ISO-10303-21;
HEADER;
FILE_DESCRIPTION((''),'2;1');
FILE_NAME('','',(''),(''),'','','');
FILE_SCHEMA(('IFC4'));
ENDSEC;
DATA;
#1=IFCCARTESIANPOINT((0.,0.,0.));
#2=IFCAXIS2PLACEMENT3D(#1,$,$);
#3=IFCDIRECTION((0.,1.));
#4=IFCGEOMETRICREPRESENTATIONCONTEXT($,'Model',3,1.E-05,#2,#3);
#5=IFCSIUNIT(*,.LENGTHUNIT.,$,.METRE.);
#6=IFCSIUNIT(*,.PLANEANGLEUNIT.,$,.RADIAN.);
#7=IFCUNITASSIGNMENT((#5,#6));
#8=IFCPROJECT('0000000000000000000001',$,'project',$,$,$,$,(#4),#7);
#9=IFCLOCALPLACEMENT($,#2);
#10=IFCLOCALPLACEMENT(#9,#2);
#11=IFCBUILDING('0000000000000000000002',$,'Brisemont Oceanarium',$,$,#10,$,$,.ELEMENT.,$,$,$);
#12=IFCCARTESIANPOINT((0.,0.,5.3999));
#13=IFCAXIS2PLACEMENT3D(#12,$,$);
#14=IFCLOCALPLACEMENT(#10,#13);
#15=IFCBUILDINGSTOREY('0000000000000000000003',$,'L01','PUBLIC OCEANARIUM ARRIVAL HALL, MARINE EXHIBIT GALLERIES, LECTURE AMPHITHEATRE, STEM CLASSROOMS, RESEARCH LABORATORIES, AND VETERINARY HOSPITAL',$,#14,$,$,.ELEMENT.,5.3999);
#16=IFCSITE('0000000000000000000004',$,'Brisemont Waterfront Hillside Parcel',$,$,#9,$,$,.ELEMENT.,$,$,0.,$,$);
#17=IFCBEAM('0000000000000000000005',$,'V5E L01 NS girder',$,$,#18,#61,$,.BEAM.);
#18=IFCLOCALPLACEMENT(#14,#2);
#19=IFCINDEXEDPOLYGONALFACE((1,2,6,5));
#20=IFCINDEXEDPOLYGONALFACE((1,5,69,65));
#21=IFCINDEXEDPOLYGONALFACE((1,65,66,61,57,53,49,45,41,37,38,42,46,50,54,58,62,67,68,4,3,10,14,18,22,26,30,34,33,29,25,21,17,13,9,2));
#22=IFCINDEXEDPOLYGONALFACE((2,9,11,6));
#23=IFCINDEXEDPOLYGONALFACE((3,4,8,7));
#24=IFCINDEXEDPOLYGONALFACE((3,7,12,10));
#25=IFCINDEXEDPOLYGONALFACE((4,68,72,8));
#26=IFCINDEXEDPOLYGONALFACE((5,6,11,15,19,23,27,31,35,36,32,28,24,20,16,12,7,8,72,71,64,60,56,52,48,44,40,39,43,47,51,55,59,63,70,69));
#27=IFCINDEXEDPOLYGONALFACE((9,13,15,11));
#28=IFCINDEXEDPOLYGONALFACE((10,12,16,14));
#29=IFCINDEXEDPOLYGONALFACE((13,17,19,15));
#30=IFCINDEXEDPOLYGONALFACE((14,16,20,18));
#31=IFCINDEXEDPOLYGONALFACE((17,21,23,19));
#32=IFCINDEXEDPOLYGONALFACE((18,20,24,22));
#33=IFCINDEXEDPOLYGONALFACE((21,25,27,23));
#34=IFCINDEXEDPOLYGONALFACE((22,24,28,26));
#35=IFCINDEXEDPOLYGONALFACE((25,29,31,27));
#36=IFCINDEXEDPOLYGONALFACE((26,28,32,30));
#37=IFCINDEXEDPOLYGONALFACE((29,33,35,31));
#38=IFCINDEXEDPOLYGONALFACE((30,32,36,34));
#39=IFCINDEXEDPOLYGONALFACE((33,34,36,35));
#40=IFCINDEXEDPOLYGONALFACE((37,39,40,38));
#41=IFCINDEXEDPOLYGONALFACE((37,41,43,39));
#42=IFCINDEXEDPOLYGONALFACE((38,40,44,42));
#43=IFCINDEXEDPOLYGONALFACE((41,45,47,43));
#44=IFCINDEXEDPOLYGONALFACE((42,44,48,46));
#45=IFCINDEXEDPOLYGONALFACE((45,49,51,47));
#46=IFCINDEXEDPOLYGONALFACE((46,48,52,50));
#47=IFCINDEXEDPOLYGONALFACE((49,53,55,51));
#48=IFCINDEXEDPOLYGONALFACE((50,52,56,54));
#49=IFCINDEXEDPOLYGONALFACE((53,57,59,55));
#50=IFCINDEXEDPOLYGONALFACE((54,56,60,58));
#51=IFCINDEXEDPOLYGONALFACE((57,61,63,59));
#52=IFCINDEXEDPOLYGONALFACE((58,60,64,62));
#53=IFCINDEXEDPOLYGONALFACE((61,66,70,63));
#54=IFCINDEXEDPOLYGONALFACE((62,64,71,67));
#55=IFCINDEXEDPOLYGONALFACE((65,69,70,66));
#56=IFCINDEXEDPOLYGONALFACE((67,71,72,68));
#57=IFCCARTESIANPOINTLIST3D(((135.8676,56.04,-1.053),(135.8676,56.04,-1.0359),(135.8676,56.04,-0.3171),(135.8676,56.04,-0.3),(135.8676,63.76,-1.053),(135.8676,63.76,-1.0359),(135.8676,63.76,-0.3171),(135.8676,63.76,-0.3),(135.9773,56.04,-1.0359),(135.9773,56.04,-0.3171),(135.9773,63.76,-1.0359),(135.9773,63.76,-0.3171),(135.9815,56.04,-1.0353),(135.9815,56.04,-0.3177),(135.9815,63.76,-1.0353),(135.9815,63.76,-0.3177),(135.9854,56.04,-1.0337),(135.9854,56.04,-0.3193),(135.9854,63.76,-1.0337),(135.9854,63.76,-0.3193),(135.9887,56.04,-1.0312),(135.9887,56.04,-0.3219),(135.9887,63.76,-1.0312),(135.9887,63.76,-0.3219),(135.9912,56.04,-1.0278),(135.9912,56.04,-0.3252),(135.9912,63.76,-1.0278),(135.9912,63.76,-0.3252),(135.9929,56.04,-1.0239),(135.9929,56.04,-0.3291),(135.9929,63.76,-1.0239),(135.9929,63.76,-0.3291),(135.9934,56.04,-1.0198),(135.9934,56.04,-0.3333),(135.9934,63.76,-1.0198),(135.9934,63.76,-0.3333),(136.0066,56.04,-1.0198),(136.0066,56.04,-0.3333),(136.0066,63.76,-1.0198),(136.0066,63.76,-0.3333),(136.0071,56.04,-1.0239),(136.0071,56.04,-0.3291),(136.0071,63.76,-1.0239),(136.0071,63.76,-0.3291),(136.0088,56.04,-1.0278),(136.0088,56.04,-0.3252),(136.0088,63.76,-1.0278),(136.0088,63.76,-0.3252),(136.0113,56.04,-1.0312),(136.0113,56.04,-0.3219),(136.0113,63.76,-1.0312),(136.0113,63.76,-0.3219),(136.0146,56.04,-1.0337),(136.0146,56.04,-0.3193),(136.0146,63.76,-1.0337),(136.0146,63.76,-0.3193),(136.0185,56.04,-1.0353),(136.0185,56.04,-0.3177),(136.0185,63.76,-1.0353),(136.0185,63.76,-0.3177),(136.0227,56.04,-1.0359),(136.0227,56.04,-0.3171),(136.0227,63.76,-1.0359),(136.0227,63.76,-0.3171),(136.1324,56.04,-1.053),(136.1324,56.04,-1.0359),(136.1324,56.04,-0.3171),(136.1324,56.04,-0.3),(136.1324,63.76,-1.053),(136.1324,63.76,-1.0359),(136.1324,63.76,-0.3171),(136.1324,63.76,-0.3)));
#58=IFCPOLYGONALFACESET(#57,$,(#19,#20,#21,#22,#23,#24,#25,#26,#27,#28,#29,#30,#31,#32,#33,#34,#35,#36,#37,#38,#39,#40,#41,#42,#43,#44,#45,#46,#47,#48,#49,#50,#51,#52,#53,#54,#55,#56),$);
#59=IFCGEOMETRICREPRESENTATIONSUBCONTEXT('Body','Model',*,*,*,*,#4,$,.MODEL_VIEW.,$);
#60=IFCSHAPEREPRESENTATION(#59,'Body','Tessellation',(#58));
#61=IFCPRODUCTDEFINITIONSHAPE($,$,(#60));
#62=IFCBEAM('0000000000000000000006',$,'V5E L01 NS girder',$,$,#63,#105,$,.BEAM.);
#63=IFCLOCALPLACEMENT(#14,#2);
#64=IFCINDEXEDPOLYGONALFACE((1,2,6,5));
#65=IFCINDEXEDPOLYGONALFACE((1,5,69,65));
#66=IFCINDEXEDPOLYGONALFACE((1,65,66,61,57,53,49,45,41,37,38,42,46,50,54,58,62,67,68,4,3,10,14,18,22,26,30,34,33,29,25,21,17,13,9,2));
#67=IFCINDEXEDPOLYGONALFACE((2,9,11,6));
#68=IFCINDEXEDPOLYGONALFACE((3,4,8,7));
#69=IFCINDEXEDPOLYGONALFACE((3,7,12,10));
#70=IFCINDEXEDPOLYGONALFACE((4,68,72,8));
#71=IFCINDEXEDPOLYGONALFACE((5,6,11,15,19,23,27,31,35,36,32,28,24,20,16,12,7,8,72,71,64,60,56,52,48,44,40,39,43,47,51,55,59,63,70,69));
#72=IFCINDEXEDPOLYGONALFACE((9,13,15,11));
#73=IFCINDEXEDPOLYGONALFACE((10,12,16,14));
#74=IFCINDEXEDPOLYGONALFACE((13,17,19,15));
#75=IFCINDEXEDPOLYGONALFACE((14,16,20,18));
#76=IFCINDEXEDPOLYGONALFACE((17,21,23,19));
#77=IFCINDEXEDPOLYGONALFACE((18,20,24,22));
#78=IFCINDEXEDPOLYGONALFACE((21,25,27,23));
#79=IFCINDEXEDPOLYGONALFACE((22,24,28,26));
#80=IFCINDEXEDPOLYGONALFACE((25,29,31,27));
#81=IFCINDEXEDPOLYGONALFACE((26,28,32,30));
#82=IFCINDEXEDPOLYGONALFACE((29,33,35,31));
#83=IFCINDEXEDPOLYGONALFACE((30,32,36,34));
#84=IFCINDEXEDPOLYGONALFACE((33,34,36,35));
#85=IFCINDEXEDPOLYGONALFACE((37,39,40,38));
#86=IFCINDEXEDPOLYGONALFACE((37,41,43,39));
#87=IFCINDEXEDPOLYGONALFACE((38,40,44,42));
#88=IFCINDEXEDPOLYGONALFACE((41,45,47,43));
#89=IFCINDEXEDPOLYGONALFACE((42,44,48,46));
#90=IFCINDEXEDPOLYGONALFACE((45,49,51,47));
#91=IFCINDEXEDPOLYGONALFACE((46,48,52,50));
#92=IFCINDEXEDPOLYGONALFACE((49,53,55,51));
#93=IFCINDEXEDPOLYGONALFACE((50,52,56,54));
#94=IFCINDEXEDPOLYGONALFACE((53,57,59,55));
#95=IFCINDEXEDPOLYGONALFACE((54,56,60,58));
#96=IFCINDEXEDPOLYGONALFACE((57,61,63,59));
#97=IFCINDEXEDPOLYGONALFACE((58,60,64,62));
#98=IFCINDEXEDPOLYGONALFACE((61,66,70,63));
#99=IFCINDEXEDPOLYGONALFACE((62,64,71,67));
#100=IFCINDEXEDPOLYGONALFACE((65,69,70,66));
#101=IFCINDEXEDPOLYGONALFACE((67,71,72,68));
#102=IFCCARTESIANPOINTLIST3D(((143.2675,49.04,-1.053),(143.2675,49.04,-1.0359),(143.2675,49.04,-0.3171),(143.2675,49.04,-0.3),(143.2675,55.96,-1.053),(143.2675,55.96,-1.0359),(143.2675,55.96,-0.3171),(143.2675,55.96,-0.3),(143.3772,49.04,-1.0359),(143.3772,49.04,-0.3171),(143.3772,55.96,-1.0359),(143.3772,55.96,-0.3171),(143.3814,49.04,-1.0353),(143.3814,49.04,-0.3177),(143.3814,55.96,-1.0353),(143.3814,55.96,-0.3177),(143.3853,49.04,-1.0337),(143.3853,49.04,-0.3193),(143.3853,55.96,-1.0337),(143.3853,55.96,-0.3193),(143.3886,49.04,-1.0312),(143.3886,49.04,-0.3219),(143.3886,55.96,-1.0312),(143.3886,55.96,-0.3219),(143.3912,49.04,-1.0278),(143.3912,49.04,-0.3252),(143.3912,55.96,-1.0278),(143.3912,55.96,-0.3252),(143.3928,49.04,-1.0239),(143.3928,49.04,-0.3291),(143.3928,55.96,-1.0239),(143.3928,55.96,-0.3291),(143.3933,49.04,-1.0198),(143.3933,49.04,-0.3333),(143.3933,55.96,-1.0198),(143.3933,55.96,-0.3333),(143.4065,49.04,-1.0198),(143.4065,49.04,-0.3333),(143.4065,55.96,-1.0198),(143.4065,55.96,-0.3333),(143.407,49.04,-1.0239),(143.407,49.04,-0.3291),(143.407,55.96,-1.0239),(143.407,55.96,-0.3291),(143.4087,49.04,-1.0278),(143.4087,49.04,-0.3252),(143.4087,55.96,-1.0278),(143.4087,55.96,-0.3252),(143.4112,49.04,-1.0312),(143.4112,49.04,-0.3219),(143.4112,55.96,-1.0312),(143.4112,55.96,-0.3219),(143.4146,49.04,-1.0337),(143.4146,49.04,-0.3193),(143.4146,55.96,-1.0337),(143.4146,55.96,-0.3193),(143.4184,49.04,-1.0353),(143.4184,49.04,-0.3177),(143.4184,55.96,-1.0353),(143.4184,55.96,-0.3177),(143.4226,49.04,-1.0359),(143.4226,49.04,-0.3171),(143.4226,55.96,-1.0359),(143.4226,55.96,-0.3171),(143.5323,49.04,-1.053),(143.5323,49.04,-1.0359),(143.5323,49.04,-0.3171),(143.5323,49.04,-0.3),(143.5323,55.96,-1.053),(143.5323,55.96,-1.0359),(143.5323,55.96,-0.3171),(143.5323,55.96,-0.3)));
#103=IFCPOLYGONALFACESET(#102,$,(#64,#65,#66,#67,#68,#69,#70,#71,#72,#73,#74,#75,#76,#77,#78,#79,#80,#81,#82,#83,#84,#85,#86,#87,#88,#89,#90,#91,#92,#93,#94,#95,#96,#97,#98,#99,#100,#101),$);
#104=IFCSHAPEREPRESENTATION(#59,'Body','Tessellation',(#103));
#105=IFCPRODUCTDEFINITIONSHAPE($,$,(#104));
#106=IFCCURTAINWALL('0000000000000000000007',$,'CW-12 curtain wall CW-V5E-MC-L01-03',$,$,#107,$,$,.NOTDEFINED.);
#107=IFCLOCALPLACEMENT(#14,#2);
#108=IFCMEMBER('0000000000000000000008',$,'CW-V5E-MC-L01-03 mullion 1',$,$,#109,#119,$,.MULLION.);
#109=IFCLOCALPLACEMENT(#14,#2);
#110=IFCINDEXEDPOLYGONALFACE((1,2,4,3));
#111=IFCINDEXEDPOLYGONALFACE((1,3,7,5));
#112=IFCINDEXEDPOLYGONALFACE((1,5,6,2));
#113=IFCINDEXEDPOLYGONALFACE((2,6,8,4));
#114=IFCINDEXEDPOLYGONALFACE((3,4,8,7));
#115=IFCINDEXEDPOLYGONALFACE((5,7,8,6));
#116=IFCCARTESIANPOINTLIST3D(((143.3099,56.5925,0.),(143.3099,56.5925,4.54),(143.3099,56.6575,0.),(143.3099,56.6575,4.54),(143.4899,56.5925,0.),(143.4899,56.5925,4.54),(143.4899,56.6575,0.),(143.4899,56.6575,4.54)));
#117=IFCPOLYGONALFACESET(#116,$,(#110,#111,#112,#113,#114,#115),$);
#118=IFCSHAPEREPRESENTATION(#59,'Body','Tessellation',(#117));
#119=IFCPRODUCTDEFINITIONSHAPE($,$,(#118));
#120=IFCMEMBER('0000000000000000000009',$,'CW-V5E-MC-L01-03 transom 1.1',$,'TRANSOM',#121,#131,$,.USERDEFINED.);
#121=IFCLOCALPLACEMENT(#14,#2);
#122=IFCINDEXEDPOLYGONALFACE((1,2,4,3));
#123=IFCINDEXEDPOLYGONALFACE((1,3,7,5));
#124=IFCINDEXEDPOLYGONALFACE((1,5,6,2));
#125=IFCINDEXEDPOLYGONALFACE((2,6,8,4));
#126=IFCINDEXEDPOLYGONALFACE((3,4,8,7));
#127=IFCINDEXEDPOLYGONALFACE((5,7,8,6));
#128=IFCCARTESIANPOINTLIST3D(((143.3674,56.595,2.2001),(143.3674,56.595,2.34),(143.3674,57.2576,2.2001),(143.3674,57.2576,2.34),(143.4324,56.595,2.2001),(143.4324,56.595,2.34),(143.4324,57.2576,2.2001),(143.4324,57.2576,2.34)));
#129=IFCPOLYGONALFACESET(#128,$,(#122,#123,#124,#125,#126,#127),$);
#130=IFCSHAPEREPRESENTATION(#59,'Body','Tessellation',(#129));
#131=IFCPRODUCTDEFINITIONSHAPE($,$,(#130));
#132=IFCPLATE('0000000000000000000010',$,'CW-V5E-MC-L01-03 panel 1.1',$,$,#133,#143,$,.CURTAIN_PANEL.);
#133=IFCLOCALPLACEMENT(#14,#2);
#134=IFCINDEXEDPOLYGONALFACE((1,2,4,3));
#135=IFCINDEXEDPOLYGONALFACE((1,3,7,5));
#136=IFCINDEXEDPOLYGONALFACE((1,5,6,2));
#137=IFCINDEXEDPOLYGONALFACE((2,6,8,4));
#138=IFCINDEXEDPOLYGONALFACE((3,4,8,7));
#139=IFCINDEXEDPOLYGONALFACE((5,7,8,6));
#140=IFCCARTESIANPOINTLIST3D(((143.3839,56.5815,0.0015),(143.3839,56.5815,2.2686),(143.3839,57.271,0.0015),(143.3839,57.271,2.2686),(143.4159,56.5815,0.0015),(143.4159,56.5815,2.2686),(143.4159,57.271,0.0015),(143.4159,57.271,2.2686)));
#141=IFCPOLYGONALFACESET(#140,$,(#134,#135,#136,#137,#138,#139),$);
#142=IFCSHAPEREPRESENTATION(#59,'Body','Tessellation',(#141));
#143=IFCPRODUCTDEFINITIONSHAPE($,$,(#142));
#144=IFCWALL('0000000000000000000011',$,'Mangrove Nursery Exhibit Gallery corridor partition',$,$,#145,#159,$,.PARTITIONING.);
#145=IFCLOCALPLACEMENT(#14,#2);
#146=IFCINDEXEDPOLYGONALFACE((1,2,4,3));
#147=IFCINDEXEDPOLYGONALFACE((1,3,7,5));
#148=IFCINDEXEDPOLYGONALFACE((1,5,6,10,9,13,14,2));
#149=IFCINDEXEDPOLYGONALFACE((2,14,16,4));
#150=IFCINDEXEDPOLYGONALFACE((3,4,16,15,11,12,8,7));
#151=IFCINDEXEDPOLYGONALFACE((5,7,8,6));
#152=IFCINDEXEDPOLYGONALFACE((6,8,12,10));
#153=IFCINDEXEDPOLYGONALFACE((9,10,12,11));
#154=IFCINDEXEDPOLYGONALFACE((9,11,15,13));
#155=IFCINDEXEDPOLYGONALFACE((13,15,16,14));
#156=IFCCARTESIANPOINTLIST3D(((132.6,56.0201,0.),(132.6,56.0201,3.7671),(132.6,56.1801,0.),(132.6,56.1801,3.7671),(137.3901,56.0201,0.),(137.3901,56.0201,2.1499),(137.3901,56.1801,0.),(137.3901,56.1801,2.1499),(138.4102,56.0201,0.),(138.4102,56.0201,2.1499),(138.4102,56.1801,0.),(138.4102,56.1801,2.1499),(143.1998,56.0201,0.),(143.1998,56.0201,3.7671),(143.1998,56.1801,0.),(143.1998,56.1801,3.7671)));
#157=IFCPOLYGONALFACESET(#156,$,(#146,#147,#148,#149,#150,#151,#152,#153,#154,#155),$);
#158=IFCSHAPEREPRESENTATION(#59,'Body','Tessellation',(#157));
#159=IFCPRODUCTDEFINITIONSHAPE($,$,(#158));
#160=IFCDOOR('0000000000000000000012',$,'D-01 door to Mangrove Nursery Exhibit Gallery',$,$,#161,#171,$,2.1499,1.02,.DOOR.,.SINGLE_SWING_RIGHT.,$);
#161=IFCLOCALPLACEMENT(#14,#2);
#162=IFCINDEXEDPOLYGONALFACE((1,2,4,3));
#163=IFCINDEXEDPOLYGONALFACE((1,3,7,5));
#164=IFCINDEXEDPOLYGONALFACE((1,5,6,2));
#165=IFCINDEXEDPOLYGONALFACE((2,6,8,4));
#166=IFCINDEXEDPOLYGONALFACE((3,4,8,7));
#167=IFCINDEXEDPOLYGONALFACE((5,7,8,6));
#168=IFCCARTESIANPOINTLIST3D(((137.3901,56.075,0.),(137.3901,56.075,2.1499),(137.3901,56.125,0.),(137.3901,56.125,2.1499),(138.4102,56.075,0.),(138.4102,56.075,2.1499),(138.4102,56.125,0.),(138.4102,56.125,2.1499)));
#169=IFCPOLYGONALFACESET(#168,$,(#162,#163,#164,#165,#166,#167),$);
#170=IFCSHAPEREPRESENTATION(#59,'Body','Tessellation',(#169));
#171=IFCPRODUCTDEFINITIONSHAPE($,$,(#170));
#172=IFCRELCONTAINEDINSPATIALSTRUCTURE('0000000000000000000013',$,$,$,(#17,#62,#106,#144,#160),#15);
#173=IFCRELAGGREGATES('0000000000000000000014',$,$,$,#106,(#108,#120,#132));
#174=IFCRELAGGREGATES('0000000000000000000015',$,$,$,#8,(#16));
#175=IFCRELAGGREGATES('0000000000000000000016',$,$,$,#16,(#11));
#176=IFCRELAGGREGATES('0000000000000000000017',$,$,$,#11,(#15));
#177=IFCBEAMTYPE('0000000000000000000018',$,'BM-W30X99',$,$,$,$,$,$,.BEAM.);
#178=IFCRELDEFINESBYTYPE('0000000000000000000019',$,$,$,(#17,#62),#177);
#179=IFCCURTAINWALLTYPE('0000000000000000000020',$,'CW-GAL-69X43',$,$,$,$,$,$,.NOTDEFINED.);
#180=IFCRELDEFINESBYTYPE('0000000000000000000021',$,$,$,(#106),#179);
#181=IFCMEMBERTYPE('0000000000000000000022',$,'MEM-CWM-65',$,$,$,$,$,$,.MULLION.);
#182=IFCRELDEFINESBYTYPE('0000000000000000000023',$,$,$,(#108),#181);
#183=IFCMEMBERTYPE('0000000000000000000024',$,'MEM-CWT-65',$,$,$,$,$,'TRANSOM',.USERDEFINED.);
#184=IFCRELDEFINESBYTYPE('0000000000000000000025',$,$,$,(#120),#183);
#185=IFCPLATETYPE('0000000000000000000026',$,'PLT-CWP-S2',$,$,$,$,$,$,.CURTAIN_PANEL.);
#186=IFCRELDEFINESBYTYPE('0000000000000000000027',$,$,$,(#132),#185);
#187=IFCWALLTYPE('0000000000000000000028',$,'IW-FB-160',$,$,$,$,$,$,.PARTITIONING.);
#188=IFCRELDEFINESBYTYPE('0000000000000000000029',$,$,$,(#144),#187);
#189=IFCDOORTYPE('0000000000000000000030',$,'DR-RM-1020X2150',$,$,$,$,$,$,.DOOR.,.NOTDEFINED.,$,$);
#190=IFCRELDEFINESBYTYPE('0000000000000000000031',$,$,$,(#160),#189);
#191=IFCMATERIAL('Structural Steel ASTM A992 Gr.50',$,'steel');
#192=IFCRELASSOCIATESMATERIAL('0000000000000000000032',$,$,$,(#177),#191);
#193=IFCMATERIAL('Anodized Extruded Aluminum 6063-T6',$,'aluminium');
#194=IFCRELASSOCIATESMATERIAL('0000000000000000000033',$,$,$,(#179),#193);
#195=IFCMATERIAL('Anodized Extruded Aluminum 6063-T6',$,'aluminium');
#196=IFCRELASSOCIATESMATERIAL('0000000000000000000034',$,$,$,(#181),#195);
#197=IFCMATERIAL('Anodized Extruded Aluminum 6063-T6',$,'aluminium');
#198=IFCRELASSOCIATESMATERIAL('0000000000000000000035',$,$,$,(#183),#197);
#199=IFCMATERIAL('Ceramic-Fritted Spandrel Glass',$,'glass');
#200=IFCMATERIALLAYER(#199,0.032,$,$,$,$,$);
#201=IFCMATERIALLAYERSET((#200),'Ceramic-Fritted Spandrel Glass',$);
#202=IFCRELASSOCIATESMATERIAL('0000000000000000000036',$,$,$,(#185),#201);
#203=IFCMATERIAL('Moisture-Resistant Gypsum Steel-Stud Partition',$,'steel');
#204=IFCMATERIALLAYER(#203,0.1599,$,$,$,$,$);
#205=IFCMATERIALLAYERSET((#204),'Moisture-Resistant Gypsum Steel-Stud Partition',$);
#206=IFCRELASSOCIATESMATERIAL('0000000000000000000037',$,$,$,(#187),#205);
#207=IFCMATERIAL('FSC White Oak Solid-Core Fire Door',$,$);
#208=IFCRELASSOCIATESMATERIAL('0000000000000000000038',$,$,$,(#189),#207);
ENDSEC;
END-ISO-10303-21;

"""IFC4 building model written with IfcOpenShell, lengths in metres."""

from ifc_helpers import new_model, si_unit, direction, frame, frame_2d, origin, origin_2d, place, context, subcontext, project, spatial, rectangle, i_section, extrude, material, layer, layer_set, material_profile, profile_set, type_object, element, fill, aggregate, save


model = new_model("IFC4")

# Units and contexts
model_context = context("Model", 3, precision=1e-05, world=origin(), true_north=direction((0.0, 1.0)))
body_context = subcontext(model_context, "Body", "Model", "MODEL_VIEW")
ifc_project = project(units=[si_unit("LENGTHUNIT", "METRE"), si_unit("PLANEANGLEUNIT", "RADIAN")], contexts=[model_context])

# Site, building, storey
site_placement = place(None, origin())
site = spatial("IfcSite", under=ifc_project, at=site_placement, Name="Brisemont Waterfront Hillside Parcel", CompositionType="ELEMENT", RefElevation=0.0)
building_placement = place(site_placement, origin())
building = spatial("IfcBuilding", under=site, at=building_placement, Name="Brisemont Oceanarium", CompositionType="ELEMENT")
storey_placement = place(building_placement, frame((0.0, 0.0, 5.3999)))
storey = spatial("IfcBuildingStorey", under=building, at=storey_placement, Name="L01", Description="PUBLIC OCEANARIUM ARRIVAL HALL, MARINE EXHIBIT GALLERIES, LECTURE AMPHITHEATRE, STEM CLASSROOMS, RESEARCH LABORATORIES, AND VETERINARY HOSPITAL", CompositionType="ELEMENT", Elevation=5.3999)

# Beams
ifc_material_1 = material(Name="Structural Steel ASTM A992 Gr.50", Category="steel")
ifc_material_profile_1 = material_profile(ifc_material_1, i_section(OverallWidth=0.2649, OverallDepth=0.7529, WebThickness=0.0132, FlangeThickness=0.0171, FilletRadius=0.0161, at=origin_2d()), Name="W30X99")
ifc_profile_set_1 = profile_set([ifc_material_profile_1], Name="Structural Steel ASTM A992 Gr.50")
beam_type_1 = type_object("IfcBeamType", Name="BM-W30X99", PredefinedType="BEAM", material=ifc_profile_set_1)
beam_1_placement = place(storey_placement, frame((136.0, 56.04, -0.6765), z_axis=(0.0, 1.0, 0.0), x_axis=(-1.0, 0.0, 0.0)))
element("IfcBeam", 1, at=beam_1_placement, inside=storey, type_object=beam_type_1, Name="V5E L01 NS girder", PredefinedType="BEAM", context=body_context, shape_type="SweptSolid", body=[
    extrude(i_section(OverallWidth=0.2649, OverallDepth=0.7529, WebThickness=0.0132, FlangeThickness=0.0171, FilletRadius=0.0161, at=origin_2d()), origin(), (0.0, 0.0, 1.0), 7.72),
])
beam_2_placement = place(storey_placement, frame((143.3999, 49.04, -0.6765), z_axis=(0.0, 1.0, 0.0), x_axis=(-1.0, 0.0, 0.0)))
element("IfcBeam", 2, at=beam_2_placement, inside=storey, type_object=beam_type_1, Name="V5E L01 NS girder", PredefinedType="BEAM", context=body_context, shape_type="SweptSolid", body=[
    extrude(i_section(OverallWidth=0.2649, OverallDepth=0.7529, WebThickness=0.0132, FlangeThickness=0.0171, FilletRadius=0.0161, at=origin_2d()), origin(), (0.0, 0.0, 1.0), 6.9199),
])

# Curtain wall, members, plate
ifc_material_2 = material(Name="Anodized Extruded Aluminum 6063-T6", Category="aluminium")
curtain_wall_type = type_object("IfcCurtainWallType", Name="CW-GAL-69X43", PredefinedType="NOTDEFINED", material=ifc_material_2)
curtain_wall_placement = place(storey_placement, origin())
curtain_wall = element("IfcCurtainWall", 3, at=curtain_wall_placement, inside=storey, type_object=curtain_wall_type, Name="CW-12 curtain wall CW-V5E-MC-L01-03", PredefinedType="NOTDEFINED")
ifc_material_3 = material(Name="Anodized Extruded Aluminum 6063-T6", Category="aluminium")
ifc_material_profile_2 = material_profile(ifc_material_3, rectangle(XDim=0.0649, YDim=0.1799, at=origin_2d()), Name="CWM-65X180")
ifc_profile_set_2 = profile_set([ifc_material_profile_2], Name="Anodized Extruded Aluminum 6063-T6")
member_type_1 = type_object("IfcMemberType", Name="MEM-CWM-65", PredefinedType="MULLION", material=ifc_profile_set_2)
member_1_placement = place(storey_placement, frame((143.3999, 56.625, 0.0), z_axis=(0.0, 0.0, 1.0), x_axis=(0.0, 1.0, 0.0)))
member_1 = element("IfcMember", 4, at=member_1_placement, type_object=member_type_1, Name="CW-V5E-MC-L01-03 mullion 1", PredefinedType="MULLION", context=body_context, shape_type="SweptSolid", body=[
    extrude(rectangle(XDim=0.0649, YDim=0.1799, at=origin_2d()), origin(), (0.0, 0.0, 1.0), 4.54),
])
ifc_material_4 = material(Name="Anodized Extruded Aluminum 6063-T6", Category="aluminium")
ifc_material_profile_3 = material_profile(ifc_material_4, rectangle(XDim=0.0649, YDim=0.1399, at=origin_2d()), Name="CWT-65X140")
ifc_profile_set_3 = profile_set([ifc_material_profile_3], Name="Anodized Extruded Aluminum 6063-T6")
member_type_2 = type_object("IfcMemberType", Name="MEM-CWT-65", ElementType="TRANSOM", PredefinedType="USERDEFINED", material=ifc_profile_set_3)
member_2_placement = place(storey_placement, frame((143.3999, 56.595, 2.27), z_axis=(0.0, 1.0, 0.0), x_axis=(-1.0, 0.0, 0.0)))
member_2 = element("IfcMember", 5, at=member_2_placement, type_object=member_type_2, Name="CW-V5E-MC-L01-03 transom 1.1", ObjectType="TRANSOM", PredefinedType="USERDEFINED", context=body_context, shape_type="SweptSolid", body=[
    extrude(rectangle(XDim=0.0649, YDim=0.1399, at=origin_2d()), origin(), (0.0, 0.0, 1.0), 0.6626),
])
ifc_material_5 = material(Name="Ceramic-Fritted Spandrel Glass", Category="glass")
ifc_layer_1 = layer(ifc_material_5, 0.032)
ifc_layer_set_1 = layer_set([ifc_layer_1], Name="Ceramic-Fritted Spandrel Glass")
plate_type = type_object("IfcPlateType", Name="PLT-CWP-S2", PredefinedType="CURTAIN_PANEL", material=ifc_layer_set_1)
plate_placement = place(storey_placement, frame((143.3999, 56.9263, 0.0015), z_axis=(0.0, 0.0, 1.0), x_axis=(0.0, 1.0, 0.0)))
plate = element("IfcPlate", 6, at=plate_placement, type_object=plate_type, Name="CW-V5E-MC-L01-03 panel 1.1", PredefinedType="CURTAIN_PANEL", context=body_context, shape_type="SweptSolid", body=[
    extrude(rectangle(XDim=0.6895, YDim=0.032, at=origin_2d()), origin(), (0.0, 0.0, 1.0), 2.2671),
])
aggregate(curtain_wall, [member_1, member_2, plate])

# Wall, opening, door
ifc_material_6 = material(Name="Moisture-Resistant Gypsum Steel-Stud Partition", Category="steel")
ifc_layer_2 = layer(ifc_material_6, 0.1599)
ifc_layer_set_2 = layer_set([ifc_layer_2], Name="Moisture-Resistant Gypsum Steel-Stud Partition")
wall_type_1 = type_object("IfcWallType", Name="IW-FB-160", PredefinedType="PARTITIONING", material=ifc_layer_set_2)
wall_1_placement = place(storey_placement, frame((132.6001, 56.1001, 0.0), z_axis=(0.0, 0.0, 1.0), x_axis=(1.0, 0.0, 0.0)))
wall_1 = element("IfcWall", 7, at=wall_1_placement, inside=storey, type_object=wall_type_1, Name="Mangrove Nursery Exhibit Gallery corridor partition", PredefinedType="PARTITIONING", context=body_context, shape_type="SweptSolid", body=[
    extrude(rectangle(XDim=10.5999, YDim=0.1599, at=frame_2d((5.2998, 0.0))), origin(), (0.0, 0.0, 1.0), 3.7671),
])
opening_1_placement = place(wall_1_placement, frame((4.79, 0.0, 0.0)))
opening_1 = element("IfcOpeningElement", 8, at=opening_1_placement, cuts=wall_1, PredefinedType="OPENING", context=body_context, shape_type="SweptSolid", body=[
    extrude(rectangle(XDim=1.02, YDim=2.1499, at=frame_2d((0.51, 1.075))), frame((0.0, 0.0898, 0.0), z_axis=(0.0, -1.0, 0.0), x_axis=(1.0, 0.0, 0.0)), (0.0, 0.0, 1.0), 0.1799),
])
ifc_material_7 = material(Name="FSC White Oak Solid-Core Fire Door")
door_type_1 = type_object("IfcDoorType", Name="DR-RM-1020X2150", OperationType="NOTDEFINED", PredefinedType="DOOR", material=ifc_material_7)
door_1_placement = place(opening_1_placement, origin())
door_1 = element("IfcDoor", 9, at=door_1_placement, inside=storey, type_object=door_type_1, Name="D-01 door to Mangrove Nursery Exhibit Gallery", OperationType="SINGLE_SWING_RIGHT", OverallHeight=2.1499, OverallWidth=1.02, PredefinedType="DOOR", context=body_context, shape_type="SweptSolid", body=[
    extrude(rectangle(XDim=1.02, YDim=2.1499, at=frame_2d((0.51, 1.075))), frame((0.0, 0.0249, 0.0), z_axis=(0.0, -1.0, 0.0), x_axis=(1.0, 0.0, 0.0)), (0.0, 0.0, 1.0), 0.05),
])
fill(opening_1, door_1)

save(model, "model.ifc")
